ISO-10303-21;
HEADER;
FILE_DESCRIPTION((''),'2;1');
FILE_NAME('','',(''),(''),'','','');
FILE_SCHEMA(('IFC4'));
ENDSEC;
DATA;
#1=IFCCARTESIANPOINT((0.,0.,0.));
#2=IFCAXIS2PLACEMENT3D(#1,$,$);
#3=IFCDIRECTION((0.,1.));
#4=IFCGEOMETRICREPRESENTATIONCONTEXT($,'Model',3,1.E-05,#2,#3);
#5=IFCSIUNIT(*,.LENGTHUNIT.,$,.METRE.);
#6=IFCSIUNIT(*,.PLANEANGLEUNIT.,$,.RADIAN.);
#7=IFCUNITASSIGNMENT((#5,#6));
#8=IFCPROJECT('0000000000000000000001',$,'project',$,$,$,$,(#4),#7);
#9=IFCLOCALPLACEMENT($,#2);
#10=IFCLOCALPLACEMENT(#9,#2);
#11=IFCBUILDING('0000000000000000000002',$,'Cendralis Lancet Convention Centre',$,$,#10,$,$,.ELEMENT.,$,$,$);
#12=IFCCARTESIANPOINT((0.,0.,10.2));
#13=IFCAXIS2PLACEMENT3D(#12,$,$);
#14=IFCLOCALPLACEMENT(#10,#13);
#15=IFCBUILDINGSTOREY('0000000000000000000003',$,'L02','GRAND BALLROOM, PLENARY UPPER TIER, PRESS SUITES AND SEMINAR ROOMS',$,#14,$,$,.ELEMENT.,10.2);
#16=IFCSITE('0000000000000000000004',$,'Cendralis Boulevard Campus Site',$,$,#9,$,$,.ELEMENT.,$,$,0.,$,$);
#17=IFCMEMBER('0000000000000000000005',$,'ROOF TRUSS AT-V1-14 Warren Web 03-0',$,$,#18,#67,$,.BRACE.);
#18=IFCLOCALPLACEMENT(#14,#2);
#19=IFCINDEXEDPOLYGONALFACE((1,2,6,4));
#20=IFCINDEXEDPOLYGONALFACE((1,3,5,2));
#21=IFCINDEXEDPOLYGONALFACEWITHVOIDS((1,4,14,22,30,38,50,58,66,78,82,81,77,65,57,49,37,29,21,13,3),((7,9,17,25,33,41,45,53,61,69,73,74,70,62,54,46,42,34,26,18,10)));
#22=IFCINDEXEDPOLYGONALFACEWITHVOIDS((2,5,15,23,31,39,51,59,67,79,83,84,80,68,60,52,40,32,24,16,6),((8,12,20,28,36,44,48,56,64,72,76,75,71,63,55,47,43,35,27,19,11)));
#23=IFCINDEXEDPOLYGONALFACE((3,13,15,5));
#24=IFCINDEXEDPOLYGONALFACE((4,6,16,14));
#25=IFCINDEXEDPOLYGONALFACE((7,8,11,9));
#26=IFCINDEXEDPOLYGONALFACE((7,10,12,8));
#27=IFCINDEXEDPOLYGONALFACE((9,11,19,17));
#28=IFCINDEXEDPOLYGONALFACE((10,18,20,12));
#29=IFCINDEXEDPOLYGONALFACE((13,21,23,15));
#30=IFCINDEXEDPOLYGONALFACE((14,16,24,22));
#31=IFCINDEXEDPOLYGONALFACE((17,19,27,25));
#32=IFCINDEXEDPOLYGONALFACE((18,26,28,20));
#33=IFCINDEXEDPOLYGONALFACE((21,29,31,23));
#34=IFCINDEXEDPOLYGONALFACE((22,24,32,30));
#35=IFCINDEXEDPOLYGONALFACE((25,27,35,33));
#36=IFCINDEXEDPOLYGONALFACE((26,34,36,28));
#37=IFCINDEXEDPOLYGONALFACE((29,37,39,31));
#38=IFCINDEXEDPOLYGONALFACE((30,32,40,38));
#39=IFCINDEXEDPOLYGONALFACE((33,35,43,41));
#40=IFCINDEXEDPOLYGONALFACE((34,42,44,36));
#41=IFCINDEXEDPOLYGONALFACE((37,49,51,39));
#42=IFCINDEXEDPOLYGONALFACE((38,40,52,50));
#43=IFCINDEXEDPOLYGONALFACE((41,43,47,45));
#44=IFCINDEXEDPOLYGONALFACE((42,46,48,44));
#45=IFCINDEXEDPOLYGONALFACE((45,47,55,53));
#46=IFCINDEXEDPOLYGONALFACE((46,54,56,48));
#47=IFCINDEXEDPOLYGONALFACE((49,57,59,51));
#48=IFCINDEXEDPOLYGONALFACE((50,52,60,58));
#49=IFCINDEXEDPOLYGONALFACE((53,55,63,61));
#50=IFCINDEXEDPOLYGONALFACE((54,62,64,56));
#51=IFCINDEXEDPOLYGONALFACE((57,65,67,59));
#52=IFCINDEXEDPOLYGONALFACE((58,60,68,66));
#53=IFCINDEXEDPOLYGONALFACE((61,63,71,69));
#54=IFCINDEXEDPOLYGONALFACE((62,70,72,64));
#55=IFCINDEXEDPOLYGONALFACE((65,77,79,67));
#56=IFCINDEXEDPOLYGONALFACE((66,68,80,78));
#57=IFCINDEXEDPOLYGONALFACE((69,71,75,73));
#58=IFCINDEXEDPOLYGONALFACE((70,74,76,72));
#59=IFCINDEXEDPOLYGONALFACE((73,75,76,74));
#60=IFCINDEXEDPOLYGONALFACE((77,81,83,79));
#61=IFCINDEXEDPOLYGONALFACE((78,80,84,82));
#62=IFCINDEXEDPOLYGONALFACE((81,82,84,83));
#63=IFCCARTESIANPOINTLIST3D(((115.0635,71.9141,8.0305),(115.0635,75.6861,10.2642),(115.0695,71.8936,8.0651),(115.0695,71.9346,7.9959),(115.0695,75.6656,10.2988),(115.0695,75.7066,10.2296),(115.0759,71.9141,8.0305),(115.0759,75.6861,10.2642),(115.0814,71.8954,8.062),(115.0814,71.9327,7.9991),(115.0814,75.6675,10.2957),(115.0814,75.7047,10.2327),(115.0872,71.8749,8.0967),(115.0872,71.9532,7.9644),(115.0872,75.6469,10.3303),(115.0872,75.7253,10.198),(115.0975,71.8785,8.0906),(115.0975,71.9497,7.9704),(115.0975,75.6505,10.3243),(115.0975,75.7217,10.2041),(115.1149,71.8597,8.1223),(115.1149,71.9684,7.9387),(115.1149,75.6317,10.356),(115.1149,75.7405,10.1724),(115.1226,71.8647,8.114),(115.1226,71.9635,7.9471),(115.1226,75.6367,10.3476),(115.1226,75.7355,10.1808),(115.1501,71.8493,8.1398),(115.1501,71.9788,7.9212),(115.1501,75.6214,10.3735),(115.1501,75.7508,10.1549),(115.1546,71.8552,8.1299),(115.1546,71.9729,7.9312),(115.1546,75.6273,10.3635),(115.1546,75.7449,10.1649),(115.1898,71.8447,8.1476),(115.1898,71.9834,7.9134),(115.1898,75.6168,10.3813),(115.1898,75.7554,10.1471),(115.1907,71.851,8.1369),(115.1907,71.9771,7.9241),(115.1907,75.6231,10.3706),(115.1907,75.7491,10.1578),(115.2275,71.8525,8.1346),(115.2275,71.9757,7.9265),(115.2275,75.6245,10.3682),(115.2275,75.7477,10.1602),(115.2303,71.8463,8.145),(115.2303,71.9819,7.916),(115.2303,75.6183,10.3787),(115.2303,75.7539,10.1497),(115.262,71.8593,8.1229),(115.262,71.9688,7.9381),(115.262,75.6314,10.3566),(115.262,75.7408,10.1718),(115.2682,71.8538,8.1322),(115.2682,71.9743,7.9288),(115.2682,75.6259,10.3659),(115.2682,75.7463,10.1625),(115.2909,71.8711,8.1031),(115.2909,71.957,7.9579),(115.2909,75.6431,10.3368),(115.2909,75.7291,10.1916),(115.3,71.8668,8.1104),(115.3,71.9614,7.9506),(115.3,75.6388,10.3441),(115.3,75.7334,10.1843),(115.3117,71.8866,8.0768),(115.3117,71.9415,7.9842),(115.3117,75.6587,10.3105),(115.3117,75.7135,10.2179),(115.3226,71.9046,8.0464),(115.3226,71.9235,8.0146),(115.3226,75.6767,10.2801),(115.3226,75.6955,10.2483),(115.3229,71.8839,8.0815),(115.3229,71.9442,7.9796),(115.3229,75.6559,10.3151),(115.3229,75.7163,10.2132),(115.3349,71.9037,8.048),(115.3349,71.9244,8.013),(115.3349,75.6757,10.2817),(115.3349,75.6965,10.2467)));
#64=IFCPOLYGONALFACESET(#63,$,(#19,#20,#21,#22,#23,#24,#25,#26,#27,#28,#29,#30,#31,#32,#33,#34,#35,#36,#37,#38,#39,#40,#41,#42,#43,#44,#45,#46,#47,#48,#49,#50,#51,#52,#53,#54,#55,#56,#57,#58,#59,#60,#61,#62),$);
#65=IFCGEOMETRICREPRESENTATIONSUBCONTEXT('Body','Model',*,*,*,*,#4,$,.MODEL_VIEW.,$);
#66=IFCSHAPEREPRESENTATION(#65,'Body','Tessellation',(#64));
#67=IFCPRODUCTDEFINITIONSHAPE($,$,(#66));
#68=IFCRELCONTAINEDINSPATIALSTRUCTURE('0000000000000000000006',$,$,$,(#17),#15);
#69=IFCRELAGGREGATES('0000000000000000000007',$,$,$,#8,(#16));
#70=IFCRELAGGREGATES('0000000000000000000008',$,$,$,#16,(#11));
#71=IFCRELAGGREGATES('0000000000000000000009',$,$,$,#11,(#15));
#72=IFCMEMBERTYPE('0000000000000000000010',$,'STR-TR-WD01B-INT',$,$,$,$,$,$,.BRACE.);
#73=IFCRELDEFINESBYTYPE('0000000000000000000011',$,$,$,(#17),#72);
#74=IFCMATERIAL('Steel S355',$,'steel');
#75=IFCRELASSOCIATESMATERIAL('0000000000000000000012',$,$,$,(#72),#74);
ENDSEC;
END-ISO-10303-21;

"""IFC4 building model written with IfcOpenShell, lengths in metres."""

from ifc_helpers import new_model, si_unit, direction, frame, origin, origin_2d, place, context, subcontext, project, spatial, hollow_circle, extrude, material, material_profile, profile_set, type_object, element, save


model = new_model("IFC4")

# Units and contexts
model_context = context("Model", 3, precision=1e-05, world=origin(), true_north=direction((0.0, 1.0)))
body_context = subcontext(model_context, "Body", "Model", "MODEL_VIEW")
ifc_project = project(units=[si_unit("LENGTHUNIT", "METRE"), si_unit("PLANEANGLEUNIT", "RADIAN")], contexts=[model_context])

# Site, building, storey
site_placement = place(None, origin())
site = spatial("IfcSite", under=ifc_project, at=site_placement, Name="Cendralis Boulevard Campus Site", CompositionType="ELEMENT", RefElevation=0.0)
building_placement = place(site_placement, origin())
building = spatial("IfcBuilding", under=site, at=building_placement, Name="Cendralis Lancet Convention Centre", CompositionType="ELEMENT")
storey_placement = place(building_placement, frame((0.0, 0.0, 10.2)))
storey = spatial("IfcBuildingStorey", under=building, at=storey_placement, Name="L02", Description="GRAND BALLROOM, PLENARY UPPER TIER, PRESS SUITES AND SEMINAR ROOMS", CompositionType="ELEMENT", Elevation=10.2)

# Member
ifc_material = material(Name="Steel S355", Category="steel")
ifc_material_profile_1 = material_profile(ifc_material, hollow_circle(Radius=0.1365, WallThickness=0.0125, at=origin_2d()), Name="CHS 273.0x12.5")
ifc_profile_set_1 = profile_set([ifc_material_profile_1], Name="Steel S355")
member_type_1 = type_object("IfcMemberType", Name="STR-TR-WD01B-INT", PredefinedType="BRACE", material=ifc_profile_set_1)
for number, where, z_axis, x_axis, name in (
    (1, (115.2, 71.9141, 8.0305), (0.0, 0.860452, 0.509532), (-1.0, 0.0, 0.0), "ROOF TRUSS AT-V1-14 Warren Web 03-0"),
):
    element("IfcMember", number, at=place(storey_placement, frame(where, z_axis=z_axis, x_axis=x_axis)), inside=storey, type_object=member_type_1, Name=name, PredefinedType="BRACE", context=body_context, shape_type="SweptSolid", body=[
        extrude(hollow_circle(Radius=0.1365, WallThickness=0.0125, at=origin_2d()), origin(), (0.0, 0.0, 1.0), 4.3838),
    ])

save(model, "model.ifc")
